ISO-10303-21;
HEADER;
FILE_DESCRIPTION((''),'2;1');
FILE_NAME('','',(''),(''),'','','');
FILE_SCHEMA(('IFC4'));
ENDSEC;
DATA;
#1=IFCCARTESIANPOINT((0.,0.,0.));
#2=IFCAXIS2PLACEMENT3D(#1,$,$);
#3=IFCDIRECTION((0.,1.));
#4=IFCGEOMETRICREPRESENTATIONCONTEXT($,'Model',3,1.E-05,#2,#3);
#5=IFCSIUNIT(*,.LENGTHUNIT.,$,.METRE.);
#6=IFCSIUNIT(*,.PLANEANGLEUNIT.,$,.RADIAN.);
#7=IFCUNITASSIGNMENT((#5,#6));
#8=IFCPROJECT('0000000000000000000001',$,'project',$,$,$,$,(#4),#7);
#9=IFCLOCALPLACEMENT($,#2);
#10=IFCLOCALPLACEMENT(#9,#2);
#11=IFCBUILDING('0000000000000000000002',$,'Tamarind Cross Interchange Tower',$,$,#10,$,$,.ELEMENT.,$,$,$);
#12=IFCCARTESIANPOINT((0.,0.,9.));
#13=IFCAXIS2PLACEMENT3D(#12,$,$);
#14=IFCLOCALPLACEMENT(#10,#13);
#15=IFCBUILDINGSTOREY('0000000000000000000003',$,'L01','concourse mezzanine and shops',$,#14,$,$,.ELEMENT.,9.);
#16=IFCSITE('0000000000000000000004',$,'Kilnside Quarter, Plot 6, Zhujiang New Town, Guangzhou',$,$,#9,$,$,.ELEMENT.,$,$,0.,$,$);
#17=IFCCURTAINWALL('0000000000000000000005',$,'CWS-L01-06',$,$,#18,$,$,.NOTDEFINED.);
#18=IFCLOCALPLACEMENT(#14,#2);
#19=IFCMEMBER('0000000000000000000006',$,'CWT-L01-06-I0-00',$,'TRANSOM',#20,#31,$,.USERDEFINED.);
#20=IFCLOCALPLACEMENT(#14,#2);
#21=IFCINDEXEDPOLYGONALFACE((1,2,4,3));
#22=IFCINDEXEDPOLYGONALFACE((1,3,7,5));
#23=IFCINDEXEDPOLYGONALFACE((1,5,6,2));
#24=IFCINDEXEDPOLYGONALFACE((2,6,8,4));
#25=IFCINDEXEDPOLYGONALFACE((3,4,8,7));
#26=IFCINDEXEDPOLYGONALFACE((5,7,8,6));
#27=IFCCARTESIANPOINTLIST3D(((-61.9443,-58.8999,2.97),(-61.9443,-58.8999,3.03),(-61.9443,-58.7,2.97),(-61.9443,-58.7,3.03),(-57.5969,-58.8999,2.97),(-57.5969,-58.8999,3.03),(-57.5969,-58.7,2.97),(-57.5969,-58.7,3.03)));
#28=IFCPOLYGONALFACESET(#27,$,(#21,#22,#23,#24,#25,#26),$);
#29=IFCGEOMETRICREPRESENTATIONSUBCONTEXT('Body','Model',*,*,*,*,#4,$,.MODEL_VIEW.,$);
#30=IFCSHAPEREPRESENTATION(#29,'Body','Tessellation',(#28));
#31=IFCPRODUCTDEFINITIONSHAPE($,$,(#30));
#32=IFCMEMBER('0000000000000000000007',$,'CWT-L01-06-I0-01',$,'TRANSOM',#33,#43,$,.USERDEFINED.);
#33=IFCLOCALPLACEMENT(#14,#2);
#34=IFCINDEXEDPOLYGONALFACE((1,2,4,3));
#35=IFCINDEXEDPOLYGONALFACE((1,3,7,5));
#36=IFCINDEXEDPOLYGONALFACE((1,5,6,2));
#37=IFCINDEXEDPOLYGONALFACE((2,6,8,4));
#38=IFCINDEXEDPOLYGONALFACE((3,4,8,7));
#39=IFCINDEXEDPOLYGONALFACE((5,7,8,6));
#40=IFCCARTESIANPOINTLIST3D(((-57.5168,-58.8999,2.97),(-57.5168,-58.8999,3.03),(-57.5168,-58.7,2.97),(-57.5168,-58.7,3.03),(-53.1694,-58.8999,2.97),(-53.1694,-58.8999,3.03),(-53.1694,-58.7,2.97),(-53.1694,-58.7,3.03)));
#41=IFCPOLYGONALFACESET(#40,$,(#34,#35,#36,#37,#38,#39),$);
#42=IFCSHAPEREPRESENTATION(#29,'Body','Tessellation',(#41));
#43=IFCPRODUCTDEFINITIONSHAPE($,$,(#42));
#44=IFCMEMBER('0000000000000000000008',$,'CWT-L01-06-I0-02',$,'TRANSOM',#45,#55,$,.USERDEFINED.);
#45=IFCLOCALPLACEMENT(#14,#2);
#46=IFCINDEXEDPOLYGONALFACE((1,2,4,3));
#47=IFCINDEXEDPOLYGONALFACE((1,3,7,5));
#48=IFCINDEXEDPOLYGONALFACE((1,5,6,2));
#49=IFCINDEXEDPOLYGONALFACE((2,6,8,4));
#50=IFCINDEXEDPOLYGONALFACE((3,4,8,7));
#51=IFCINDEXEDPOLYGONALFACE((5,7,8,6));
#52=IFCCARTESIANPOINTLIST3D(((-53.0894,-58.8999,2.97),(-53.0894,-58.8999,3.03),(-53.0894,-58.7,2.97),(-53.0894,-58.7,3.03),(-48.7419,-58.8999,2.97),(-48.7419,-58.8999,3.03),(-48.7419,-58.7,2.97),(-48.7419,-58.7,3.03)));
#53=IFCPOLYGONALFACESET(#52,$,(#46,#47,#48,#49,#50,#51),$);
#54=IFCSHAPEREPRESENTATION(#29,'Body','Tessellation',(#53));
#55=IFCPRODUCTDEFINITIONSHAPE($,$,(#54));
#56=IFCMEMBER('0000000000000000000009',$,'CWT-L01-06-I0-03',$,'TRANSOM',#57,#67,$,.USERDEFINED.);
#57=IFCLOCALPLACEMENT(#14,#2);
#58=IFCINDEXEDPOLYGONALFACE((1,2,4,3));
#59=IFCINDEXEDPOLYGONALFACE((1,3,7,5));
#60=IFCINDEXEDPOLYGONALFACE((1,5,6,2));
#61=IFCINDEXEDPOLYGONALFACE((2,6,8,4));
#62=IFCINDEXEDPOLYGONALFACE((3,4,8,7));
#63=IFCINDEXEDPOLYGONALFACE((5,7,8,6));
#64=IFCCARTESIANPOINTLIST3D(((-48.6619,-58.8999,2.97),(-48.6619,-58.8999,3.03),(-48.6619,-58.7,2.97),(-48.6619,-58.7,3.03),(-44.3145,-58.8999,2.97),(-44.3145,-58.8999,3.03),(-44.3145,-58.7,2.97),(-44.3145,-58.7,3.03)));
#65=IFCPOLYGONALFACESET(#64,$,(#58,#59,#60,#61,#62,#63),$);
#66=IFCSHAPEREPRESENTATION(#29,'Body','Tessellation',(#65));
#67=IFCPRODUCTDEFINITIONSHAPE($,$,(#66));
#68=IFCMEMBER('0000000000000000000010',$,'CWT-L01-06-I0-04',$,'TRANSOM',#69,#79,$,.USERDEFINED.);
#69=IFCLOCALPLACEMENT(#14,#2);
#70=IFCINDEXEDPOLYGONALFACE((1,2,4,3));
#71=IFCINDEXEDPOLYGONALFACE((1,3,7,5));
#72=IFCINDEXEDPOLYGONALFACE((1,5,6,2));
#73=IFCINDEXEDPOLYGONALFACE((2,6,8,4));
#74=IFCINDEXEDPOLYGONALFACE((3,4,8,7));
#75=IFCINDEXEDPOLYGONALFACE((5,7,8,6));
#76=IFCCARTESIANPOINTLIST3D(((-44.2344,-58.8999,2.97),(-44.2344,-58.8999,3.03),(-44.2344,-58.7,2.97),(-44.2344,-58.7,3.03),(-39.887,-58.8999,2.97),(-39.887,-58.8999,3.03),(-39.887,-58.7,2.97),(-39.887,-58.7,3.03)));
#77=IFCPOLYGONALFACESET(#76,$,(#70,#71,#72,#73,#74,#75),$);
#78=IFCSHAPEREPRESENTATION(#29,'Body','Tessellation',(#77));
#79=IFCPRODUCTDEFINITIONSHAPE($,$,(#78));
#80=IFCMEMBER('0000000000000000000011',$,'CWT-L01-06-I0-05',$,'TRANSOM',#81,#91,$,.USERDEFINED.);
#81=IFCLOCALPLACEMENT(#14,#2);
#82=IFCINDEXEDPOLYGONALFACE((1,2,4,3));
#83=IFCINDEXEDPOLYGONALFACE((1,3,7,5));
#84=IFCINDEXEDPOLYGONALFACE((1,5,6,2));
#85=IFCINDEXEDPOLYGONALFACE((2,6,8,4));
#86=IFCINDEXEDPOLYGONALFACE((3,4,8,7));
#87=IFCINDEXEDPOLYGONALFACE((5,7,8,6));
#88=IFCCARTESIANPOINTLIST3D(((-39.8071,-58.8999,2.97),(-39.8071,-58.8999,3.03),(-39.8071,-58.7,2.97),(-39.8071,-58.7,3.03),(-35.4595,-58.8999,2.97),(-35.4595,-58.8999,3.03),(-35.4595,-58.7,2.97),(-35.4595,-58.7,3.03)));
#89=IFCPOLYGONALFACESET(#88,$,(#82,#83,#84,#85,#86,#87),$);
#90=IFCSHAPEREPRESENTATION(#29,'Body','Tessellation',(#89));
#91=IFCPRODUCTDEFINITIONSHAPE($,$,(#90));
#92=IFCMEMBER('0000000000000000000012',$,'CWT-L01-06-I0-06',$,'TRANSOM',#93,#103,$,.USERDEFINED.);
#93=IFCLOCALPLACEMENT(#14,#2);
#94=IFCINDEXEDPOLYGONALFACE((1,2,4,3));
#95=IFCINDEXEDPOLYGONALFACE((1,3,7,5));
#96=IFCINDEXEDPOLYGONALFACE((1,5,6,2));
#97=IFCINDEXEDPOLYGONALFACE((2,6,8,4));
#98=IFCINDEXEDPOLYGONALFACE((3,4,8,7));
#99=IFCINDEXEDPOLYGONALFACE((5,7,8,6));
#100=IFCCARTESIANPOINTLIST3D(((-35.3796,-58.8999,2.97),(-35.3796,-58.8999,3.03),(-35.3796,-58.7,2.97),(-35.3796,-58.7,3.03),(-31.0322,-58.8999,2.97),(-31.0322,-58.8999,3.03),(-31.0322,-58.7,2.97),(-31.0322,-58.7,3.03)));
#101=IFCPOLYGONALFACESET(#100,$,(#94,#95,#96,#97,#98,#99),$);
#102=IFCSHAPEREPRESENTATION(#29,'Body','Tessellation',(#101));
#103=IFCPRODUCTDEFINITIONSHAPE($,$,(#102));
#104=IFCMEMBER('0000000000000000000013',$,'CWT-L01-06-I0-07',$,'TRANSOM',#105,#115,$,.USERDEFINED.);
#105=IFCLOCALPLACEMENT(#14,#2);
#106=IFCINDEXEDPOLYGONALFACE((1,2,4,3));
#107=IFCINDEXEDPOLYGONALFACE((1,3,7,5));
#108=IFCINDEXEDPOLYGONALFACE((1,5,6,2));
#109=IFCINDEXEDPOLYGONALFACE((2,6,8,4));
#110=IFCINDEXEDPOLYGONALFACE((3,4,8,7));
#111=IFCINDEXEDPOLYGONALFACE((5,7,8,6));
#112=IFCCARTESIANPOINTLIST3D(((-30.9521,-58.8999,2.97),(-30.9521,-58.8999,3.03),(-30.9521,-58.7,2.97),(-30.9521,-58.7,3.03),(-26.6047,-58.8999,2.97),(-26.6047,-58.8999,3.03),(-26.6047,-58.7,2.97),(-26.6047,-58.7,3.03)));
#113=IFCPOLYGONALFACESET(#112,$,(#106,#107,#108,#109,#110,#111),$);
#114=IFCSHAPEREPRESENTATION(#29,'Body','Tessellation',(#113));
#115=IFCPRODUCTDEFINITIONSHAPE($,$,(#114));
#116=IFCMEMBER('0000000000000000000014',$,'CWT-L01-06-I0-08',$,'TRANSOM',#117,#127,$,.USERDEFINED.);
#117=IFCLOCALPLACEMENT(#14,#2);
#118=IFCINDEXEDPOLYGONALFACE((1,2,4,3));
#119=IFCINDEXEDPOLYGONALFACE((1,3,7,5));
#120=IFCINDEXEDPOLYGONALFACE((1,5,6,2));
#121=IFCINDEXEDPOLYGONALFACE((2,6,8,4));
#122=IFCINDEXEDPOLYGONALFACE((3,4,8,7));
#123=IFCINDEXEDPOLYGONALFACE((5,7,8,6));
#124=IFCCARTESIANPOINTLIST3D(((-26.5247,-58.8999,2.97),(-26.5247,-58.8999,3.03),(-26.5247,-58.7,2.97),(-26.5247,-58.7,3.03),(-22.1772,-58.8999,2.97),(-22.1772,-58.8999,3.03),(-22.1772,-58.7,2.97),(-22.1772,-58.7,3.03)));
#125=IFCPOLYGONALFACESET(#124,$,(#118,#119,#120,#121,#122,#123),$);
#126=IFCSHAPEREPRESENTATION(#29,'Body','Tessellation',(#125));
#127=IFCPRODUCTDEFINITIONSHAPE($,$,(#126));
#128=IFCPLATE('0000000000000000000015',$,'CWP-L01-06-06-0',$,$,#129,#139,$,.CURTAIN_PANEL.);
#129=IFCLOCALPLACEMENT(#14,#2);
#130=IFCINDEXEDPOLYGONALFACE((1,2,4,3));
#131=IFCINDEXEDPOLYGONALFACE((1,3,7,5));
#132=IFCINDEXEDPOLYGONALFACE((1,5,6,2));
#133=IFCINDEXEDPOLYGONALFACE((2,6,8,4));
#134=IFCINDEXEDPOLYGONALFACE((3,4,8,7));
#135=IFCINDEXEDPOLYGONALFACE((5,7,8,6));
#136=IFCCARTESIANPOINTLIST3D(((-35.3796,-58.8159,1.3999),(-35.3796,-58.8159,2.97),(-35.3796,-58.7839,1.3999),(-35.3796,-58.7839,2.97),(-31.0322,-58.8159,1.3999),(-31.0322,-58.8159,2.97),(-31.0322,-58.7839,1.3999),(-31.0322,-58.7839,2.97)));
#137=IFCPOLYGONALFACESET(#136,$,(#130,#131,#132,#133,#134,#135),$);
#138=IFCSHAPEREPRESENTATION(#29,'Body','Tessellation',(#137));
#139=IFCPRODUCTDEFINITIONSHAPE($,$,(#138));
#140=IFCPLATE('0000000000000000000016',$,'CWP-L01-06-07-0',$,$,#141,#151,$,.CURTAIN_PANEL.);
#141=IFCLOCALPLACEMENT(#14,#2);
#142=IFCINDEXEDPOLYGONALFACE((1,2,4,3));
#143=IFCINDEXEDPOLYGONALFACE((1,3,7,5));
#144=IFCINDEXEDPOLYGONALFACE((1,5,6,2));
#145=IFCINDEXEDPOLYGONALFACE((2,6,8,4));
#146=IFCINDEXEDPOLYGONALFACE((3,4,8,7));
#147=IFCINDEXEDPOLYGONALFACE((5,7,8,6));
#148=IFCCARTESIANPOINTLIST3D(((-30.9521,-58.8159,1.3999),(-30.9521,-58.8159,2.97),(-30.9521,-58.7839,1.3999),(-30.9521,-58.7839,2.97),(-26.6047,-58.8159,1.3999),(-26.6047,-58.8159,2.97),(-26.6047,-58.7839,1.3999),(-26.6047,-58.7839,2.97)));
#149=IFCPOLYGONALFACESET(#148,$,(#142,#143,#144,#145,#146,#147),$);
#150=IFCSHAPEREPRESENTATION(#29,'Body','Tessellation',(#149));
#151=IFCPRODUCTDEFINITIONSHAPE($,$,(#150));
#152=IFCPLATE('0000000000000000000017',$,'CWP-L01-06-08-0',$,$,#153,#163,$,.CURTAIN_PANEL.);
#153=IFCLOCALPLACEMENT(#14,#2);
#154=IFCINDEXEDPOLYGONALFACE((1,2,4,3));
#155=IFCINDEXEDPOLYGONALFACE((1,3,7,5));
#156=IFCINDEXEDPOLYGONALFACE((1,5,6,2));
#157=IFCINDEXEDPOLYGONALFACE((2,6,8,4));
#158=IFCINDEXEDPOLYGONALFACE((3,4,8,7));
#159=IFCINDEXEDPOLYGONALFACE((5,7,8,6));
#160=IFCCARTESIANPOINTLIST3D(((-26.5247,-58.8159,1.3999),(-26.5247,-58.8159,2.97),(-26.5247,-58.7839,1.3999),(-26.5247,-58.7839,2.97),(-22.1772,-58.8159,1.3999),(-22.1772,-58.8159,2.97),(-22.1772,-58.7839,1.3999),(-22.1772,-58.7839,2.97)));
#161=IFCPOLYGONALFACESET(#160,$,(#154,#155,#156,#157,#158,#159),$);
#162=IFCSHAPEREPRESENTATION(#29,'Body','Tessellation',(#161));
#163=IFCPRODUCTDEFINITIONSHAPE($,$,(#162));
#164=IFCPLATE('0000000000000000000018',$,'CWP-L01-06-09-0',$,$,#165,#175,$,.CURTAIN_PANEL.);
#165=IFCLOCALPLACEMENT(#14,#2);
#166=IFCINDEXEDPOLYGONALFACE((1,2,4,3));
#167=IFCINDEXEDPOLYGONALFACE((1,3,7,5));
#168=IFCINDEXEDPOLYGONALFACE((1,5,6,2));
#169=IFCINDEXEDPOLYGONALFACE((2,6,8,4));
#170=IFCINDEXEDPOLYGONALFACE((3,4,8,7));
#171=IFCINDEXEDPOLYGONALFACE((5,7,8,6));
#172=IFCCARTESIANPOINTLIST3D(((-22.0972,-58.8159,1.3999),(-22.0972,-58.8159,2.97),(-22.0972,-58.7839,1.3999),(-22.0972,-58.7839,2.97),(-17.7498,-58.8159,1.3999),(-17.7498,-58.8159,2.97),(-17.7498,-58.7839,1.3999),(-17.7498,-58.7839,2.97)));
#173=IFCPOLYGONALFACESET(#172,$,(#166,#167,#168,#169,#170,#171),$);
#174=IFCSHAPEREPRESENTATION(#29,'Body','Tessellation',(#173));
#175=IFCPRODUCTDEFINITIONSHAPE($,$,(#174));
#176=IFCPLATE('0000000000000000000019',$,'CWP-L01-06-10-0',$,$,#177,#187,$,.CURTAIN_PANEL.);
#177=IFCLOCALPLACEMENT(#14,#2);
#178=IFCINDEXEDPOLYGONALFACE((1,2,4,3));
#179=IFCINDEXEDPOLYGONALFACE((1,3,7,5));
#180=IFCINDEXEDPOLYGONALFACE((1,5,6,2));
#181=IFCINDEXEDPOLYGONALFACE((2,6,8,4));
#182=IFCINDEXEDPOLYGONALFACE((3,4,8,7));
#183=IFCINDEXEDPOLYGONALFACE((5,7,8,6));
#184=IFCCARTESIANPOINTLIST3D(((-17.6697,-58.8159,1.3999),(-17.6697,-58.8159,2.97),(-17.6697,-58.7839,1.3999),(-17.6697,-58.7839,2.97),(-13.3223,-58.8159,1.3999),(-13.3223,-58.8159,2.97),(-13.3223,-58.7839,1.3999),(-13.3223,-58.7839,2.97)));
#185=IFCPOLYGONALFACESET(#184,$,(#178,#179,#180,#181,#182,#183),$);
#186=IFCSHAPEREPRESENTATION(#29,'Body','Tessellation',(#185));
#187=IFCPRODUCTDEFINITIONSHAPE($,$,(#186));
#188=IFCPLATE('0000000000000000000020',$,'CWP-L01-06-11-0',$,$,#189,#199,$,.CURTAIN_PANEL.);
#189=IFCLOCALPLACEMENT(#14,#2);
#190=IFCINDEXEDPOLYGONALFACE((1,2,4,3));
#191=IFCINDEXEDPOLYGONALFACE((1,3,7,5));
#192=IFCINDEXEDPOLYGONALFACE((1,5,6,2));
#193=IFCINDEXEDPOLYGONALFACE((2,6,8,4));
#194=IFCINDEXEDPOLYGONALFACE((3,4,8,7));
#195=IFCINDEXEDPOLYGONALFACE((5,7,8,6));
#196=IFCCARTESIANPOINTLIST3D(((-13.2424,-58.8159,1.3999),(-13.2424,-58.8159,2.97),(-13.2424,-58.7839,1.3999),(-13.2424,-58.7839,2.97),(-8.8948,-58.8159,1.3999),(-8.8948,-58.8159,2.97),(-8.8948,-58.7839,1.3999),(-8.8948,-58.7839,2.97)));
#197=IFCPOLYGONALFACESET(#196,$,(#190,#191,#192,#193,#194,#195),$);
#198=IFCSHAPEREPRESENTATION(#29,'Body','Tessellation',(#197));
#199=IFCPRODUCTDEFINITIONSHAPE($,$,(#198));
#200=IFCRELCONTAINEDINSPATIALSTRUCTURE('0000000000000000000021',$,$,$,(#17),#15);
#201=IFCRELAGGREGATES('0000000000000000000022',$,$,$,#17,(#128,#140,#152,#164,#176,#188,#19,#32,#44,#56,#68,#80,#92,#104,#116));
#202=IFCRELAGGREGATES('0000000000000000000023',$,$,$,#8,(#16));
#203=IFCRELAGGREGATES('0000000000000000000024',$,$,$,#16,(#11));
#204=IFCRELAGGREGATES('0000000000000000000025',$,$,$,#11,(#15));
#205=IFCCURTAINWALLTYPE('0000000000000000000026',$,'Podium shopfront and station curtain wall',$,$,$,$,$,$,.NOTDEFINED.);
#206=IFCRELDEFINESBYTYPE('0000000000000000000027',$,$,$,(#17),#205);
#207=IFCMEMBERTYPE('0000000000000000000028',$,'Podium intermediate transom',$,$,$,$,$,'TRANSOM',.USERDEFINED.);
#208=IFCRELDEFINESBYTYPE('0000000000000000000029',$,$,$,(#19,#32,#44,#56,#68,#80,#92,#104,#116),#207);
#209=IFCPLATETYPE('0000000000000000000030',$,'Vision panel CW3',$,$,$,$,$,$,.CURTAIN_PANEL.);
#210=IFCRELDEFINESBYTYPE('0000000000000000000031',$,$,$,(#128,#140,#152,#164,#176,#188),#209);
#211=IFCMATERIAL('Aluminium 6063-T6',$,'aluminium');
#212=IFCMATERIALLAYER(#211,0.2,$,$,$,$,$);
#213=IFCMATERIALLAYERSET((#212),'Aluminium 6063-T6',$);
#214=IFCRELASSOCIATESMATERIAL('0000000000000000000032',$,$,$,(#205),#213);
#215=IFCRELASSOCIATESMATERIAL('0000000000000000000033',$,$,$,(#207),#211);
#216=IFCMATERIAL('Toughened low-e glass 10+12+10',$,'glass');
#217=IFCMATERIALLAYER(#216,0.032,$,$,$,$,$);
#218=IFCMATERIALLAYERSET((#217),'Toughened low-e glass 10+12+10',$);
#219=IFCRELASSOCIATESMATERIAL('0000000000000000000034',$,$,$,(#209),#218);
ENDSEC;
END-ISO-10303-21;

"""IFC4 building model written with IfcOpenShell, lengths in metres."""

from ifc_helpers import new_model, si_unit, direction, frame, origin, place, context, subcontext, project, spatial, polyline, outline, extrude, material, layer, layer_set, type_object, element, aggregate, save


model = new_model("IFC4")

# Units and contexts
model_context = context("Model", 3, precision=1e-05, world=origin(), true_north=direction((0.0, 1.0)))
body_context = subcontext(model_context, "Body", "Model", "MODEL_VIEW")
ifc_project = project(units=[si_unit("LENGTHUNIT", "METRE"), si_unit("PLANEANGLEUNIT", "RADIAN")], contexts=[model_context])

# Site, building, storey
site_placement = place(None, origin())
site = spatial("IfcSite", under=ifc_project, at=site_placement, Name="Kilnside Quarter, Plot 6, Zhujiang New Town, Guangzhou", CompositionType="ELEMENT", RefElevation=0.0)
building_placement = place(site_placement, origin())
building = spatial("IfcBuilding", under=site, at=building_placement, Name="Tamarind Cross Interchange Tower", CompositionType="ELEMENT")
storey_placement = place(building_placement, frame((0.0, 0.0, 9.0)))
storey = spatial("IfcBuildingStorey", under=building, at=storey_placement, Name="L01", Description="concourse mezzanine and shops", CompositionType="ELEMENT", Elevation=9.0)

# Curtain wall, members, plates
ifc_material_1 = material(Name="Aluminium 6063-T6", Category="aluminium")
ifc_layer_1 = layer(ifc_material_1, 0.2)
ifc_layer_set_1 = layer_set([ifc_layer_1], Name="Aluminium 6063-T6")
curtain_wall_type = type_object("IfcCurtainWallType", Name="Podium shopfront and station curtain wall", PredefinedType="NOTDEFINED", material=ifc_layer_set_1)
curtain_wall_placement = place(storey_placement, origin())
curtain_wall = element("IfcCurtainWall", 1, at=curtain_wall_placement, inside=storey, type_object=curtain_wall_type, Name="CWS-L01-06", PredefinedType="NOTDEFINED")
member_type = type_object("IfcMemberType", Name="Podium intermediate transom", ElementType="TRANSOM", PredefinedType="USERDEFINED", material=ifc_material_1)
member_1_placement = place(storey_placement, frame((0.0, 0.0, 2.97)))
member_1 = element("IfcMember", 2, at=member_1_placement, type_object=member_type, Name="CWT-L01-06-I0-00", ObjectType="TRANSOM", PredefinedType="USERDEFINED", context=body_context, shape_type="SweptSolid", body=[
    extrude(outline(polyline([(-61.9443, -58.7), (-57.5969, -58.7), (-57.5969, -58.8999), (-61.9443, -58.8999), (-61.9443, -58.7)])), origin(), (0.0, 0.0, 1.0), 0.0601),
])
member_2_placement = place(storey_placement, frame((0.0, 0.0, 2.97)))
member_2 = element("IfcMember", 3, at=member_2_placement, type_object=member_type, Name="CWT-L01-06-I0-01", ObjectType="TRANSOM", PredefinedType="USERDEFINED", context=body_context, shape_type="SweptSolid", body=[
    extrude(outline(polyline([(-57.5168, -58.7), (-53.1694, -58.7), (-53.1694, -58.8999), (-57.5168, -58.8999), (-57.5168, -58.7)])), origin(), (0.0, 0.0, 1.0), 0.0601),
])
member_3_placement = place(storey_placement, frame((0.0, 0.0, 2.97)))
member_3 = element("IfcMember", 4, at=member_3_placement, type_object=member_type, Name="CWT-L01-06-I0-02", ObjectType="TRANSOM", PredefinedType="USERDEFINED", context=body_context, shape_type="SweptSolid", body=[
    extrude(outline(polyline([(-53.0894, -58.7), (-48.7419, -58.7), (-48.7419, -58.8999), (-53.0894, -58.8999), (-53.0894, -58.7)])), origin(), (0.0, 0.0, 1.0), 0.0601),
])
member_4_placement = place(storey_placement, frame((0.0, 0.0, 2.97)))
member_4 = element("IfcMember", 5, at=member_4_placement, type_object=member_type, Name="CWT-L01-06-I0-03", ObjectType="TRANSOM", PredefinedType="USERDEFINED", context=body_context, shape_type="SweptSolid", body=[
    extrude(outline(polyline([(-48.6619, -58.7), (-44.3145, -58.7), (-44.3145, -58.8999), (-48.6619, -58.8999), (-48.6619, -58.7)])), origin(), (0.0, 0.0, 1.0), 0.0601),
])
member_5_placement = place(storey_placement, frame((0.0, 0.0, 2.97)))
member_5 = element("IfcMember", 6, at=member_5_placement, type_object=member_type, Name="CWT-L01-06-I0-04", ObjectType="TRANSOM", PredefinedType="USERDEFINED", context=body_context, shape_type="SweptSolid", body=[
    extrude(outline(polyline([(-44.2344, -58.7), (-39.887, -58.7), (-39.887, -58.8999), (-44.2344, -58.8999), (-44.2344, -58.7)])), origin(), (0.0, 0.0, 1.0), 0.0601),
])
member_6_placement = place(storey_placement, frame((0.0, 0.0, 2.97)))
member_6 = element("IfcMember", 7, at=member_6_placement, type_object=member_type, Name="CWT-L01-06-I0-05", ObjectType="TRANSOM", PredefinedType="USERDEFINED", context=body_context, shape_type="SweptSolid", body=[
    extrude(outline(polyline([(-39.8071, -58.7), (-35.4595, -58.7), (-35.4595, -58.8999), (-39.8071, -58.8999), (-39.8071, -58.7)])), origin(), (0.0, 0.0, 1.0), 0.0601),
])
member_7_placement = place(storey_placement, frame((0.0, 0.0, 2.97)))
member_7 = element("IfcMember", 8, at=member_7_placement, type_object=member_type, Name="CWT-L01-06-I0-06", ObjectType="TRANSOM", PredefinedType="USERDEFINED", context=body_context, shape_type="SweptSolid", body=[
    extrude(outline(polyline([(-35.3796, -58.7), (-31.0322, -58.7), (-31.0322, -58.8999), (-35.3796, -58.8999), (-35.3796, -58.7)])), origin(), (0.0, 0.0, 1.0), 0.0601),
])
member_8_placement = place(storey_placement, frame((0.0, 0.0, 2.97)))
member_8 = element("IfcMember", 9, at=member_8_placement, type_object=member_type, Name="CWT-L01-06-I0-07", ObjectType="TRANSOM", PredefinedType="USERDEFINED", context=body_context, shape_type="SweptSolid", body=[
    extrude(outline(polyline([(-30.9521, -58.7), (-26.6047, -58.7), (-26.6047, -58.8999), (-30.9521, -58.8999), (-30.9521, -58.7)])), origin(), (0.0, 0.0, 1.0), 0.0601),
])
member_9_placement = place(storey_placement, frame((0.0, 0.0, 2.97)))
member_9 = element("IfcMember", 10, at=member_9_placement, type_object=member_type, Name="CWT-L01-06-I0-08", ObjectType="TRANSOM", PredefinedType="USERDEFINED", context=body_context, shape_type="SweptSolid", body=[
    extrude(outline(polyline([(-26.5247, -58.7), (-22.1772, -58.7), (-22.1772, -58.8999), (-26.5247, -58.8999), (-26.5247, -58.7)])), origin(), (0.0, 0.0, 1.0), 0.0601),
])
ifc_material_2 = material(Name="Toughened low-e glass 10+12+10", Category="glass")
ifc_layer_2 = layer(ifc_material_2, 0.032)
ifc_layer_set_2 = layer_set([ifc_layer_2], Name="Toughened low-e glass 10+12+10")
plate_type = type_object("IfcPlateType", Name="Vision panel CW3", PredefinedType="CURTAIN_PANEL", material=ifc_layer_set_2)
plate_1_placement = place(storey_placement, frame((0.0, 0.0, 1.3999)))
plate_1 = element("IfcPlate", 11, at=plate_1_placement, type_object=plate_type, Name="CWP-L01-06-06-0", PredefinedType="CURTAIN_PANEL", context=body_context, shape_type="SweptSolid", body=[
    extrude(outline(polyline([(-35.3796, -58.7839), (-31.0322, -58.7839), (-31.0322, -58.8159), (-35.3796, -58.8159), (-35.3796, -58.7839)])), origin(), (0.0, 0.0, 1.0), 1.5701),
])
plate_2_placement = place(storey_placement, frame((0.0, 0.0, 1.3999)))
plate_2 = element("IfcPlate", 12, at=plate_2_placement, type_object=plate_type, Name="CWP-L01-06-07-0", PredefinedType="CURTAIN_PANEL", context=body_context, shape_type="SweptSolid", body=[
    extrude(outline(polyline([(-30.9521, -58.7839), (-26.6047, -58.7839), (-26.6047, -58.8159), (-30.9521, -58.8159), (-30.9521, -58.7839)])), origin(), (0.0, 0.0, 1.0), 1.5701),
])
plate_3_placement = place(storey_placement, frame((0.0, 0.0, 1.3999)))
plate_3 = element("IfcPlate", 13, at=plate_3_placement, type_object=plate_type, Name="CWP-L01-06-08-0", PredefinedType="CURTAIN_PANEL", context=body_context, shape_type="SweptSolid", body=[
    extrude(outline(polyline([(-26.5247, -58.7839), (-22.1772, -58.7839), (-22.1772, -58.8159), (-26.5247, -58.8159), (-26.5247, -58.7839)])), origin(), (0.0, 0.0, 1.0), 1.5701),
])
plate_4_placement = place(storey_placement, frame((0.0, 0.0, 1.3999)))
plate_4 = element("IfcPlate", 14, at=plate_4_placement, type_object=plate_type, Name="CWP-L01-06-09-0", PredefinedType="CURTAIN_PANEL", context=body_context, shape_type="SweptSolid", body=[
    extrude(outline(polyline([(-22.0972, -58.7839), (-17.7498, -58.7839), (-17.7498, -58.8159), (-22.0972, -58.8159), (-22.0972, -58.7839)])), origin(), (0.0, 0.0, 1.0), 1.5701),
])
plate_5_placement = place(storey_placement, frame((0.0, 0.0, 1.3999)))
plate_5 = element("IfcPlate", 15, at=plate_5_placement, type_object=plate_type, Name="CWP-L01-06-10-0", PredefinedType="CURTAIN_PANEL", context=body_context, shape_type="SweptSolid", body=[
    extrude(outline(polyline([(-17.6697, -58.7839), (-13.3223, -58.7839), (-13.3223, -58.8159), (-17.6697, -58.8159), (-17.6697, -58.7839)])), origin(), (0.0, 0.0, 1.0), 1.5701),
])
plate_6_placement = place(storey_placement, frame((0.0, 0.0, 1.3999)))
plate_6 = element("IfcPlate", 16, at=plate_6_placement, type_object=plate_type, Name="CWP-L01-06-11-0", PredefinedType="CURTAIN_PANEL", context=body_context, shape_type="SweptSolid", body=[
    extrude(outline(polyline([(-13.2424, -58.7839), (-8.8948, -58.7839), (-8.8948, -58.8159), (-13.2424, -58.8159), (-13.2424, -58.7839)])), origin(), (0.0, 0.0, 1.0), 1.5701),
])
aggregate(curtain_wall, [plate_1, plate_2, plate_3, plate_4, plate_5, plate_6, member_1, member_2, member_3, member_4, member_5, member_6, member_7, member_8, member_9])

save(model, "model.ifc")
